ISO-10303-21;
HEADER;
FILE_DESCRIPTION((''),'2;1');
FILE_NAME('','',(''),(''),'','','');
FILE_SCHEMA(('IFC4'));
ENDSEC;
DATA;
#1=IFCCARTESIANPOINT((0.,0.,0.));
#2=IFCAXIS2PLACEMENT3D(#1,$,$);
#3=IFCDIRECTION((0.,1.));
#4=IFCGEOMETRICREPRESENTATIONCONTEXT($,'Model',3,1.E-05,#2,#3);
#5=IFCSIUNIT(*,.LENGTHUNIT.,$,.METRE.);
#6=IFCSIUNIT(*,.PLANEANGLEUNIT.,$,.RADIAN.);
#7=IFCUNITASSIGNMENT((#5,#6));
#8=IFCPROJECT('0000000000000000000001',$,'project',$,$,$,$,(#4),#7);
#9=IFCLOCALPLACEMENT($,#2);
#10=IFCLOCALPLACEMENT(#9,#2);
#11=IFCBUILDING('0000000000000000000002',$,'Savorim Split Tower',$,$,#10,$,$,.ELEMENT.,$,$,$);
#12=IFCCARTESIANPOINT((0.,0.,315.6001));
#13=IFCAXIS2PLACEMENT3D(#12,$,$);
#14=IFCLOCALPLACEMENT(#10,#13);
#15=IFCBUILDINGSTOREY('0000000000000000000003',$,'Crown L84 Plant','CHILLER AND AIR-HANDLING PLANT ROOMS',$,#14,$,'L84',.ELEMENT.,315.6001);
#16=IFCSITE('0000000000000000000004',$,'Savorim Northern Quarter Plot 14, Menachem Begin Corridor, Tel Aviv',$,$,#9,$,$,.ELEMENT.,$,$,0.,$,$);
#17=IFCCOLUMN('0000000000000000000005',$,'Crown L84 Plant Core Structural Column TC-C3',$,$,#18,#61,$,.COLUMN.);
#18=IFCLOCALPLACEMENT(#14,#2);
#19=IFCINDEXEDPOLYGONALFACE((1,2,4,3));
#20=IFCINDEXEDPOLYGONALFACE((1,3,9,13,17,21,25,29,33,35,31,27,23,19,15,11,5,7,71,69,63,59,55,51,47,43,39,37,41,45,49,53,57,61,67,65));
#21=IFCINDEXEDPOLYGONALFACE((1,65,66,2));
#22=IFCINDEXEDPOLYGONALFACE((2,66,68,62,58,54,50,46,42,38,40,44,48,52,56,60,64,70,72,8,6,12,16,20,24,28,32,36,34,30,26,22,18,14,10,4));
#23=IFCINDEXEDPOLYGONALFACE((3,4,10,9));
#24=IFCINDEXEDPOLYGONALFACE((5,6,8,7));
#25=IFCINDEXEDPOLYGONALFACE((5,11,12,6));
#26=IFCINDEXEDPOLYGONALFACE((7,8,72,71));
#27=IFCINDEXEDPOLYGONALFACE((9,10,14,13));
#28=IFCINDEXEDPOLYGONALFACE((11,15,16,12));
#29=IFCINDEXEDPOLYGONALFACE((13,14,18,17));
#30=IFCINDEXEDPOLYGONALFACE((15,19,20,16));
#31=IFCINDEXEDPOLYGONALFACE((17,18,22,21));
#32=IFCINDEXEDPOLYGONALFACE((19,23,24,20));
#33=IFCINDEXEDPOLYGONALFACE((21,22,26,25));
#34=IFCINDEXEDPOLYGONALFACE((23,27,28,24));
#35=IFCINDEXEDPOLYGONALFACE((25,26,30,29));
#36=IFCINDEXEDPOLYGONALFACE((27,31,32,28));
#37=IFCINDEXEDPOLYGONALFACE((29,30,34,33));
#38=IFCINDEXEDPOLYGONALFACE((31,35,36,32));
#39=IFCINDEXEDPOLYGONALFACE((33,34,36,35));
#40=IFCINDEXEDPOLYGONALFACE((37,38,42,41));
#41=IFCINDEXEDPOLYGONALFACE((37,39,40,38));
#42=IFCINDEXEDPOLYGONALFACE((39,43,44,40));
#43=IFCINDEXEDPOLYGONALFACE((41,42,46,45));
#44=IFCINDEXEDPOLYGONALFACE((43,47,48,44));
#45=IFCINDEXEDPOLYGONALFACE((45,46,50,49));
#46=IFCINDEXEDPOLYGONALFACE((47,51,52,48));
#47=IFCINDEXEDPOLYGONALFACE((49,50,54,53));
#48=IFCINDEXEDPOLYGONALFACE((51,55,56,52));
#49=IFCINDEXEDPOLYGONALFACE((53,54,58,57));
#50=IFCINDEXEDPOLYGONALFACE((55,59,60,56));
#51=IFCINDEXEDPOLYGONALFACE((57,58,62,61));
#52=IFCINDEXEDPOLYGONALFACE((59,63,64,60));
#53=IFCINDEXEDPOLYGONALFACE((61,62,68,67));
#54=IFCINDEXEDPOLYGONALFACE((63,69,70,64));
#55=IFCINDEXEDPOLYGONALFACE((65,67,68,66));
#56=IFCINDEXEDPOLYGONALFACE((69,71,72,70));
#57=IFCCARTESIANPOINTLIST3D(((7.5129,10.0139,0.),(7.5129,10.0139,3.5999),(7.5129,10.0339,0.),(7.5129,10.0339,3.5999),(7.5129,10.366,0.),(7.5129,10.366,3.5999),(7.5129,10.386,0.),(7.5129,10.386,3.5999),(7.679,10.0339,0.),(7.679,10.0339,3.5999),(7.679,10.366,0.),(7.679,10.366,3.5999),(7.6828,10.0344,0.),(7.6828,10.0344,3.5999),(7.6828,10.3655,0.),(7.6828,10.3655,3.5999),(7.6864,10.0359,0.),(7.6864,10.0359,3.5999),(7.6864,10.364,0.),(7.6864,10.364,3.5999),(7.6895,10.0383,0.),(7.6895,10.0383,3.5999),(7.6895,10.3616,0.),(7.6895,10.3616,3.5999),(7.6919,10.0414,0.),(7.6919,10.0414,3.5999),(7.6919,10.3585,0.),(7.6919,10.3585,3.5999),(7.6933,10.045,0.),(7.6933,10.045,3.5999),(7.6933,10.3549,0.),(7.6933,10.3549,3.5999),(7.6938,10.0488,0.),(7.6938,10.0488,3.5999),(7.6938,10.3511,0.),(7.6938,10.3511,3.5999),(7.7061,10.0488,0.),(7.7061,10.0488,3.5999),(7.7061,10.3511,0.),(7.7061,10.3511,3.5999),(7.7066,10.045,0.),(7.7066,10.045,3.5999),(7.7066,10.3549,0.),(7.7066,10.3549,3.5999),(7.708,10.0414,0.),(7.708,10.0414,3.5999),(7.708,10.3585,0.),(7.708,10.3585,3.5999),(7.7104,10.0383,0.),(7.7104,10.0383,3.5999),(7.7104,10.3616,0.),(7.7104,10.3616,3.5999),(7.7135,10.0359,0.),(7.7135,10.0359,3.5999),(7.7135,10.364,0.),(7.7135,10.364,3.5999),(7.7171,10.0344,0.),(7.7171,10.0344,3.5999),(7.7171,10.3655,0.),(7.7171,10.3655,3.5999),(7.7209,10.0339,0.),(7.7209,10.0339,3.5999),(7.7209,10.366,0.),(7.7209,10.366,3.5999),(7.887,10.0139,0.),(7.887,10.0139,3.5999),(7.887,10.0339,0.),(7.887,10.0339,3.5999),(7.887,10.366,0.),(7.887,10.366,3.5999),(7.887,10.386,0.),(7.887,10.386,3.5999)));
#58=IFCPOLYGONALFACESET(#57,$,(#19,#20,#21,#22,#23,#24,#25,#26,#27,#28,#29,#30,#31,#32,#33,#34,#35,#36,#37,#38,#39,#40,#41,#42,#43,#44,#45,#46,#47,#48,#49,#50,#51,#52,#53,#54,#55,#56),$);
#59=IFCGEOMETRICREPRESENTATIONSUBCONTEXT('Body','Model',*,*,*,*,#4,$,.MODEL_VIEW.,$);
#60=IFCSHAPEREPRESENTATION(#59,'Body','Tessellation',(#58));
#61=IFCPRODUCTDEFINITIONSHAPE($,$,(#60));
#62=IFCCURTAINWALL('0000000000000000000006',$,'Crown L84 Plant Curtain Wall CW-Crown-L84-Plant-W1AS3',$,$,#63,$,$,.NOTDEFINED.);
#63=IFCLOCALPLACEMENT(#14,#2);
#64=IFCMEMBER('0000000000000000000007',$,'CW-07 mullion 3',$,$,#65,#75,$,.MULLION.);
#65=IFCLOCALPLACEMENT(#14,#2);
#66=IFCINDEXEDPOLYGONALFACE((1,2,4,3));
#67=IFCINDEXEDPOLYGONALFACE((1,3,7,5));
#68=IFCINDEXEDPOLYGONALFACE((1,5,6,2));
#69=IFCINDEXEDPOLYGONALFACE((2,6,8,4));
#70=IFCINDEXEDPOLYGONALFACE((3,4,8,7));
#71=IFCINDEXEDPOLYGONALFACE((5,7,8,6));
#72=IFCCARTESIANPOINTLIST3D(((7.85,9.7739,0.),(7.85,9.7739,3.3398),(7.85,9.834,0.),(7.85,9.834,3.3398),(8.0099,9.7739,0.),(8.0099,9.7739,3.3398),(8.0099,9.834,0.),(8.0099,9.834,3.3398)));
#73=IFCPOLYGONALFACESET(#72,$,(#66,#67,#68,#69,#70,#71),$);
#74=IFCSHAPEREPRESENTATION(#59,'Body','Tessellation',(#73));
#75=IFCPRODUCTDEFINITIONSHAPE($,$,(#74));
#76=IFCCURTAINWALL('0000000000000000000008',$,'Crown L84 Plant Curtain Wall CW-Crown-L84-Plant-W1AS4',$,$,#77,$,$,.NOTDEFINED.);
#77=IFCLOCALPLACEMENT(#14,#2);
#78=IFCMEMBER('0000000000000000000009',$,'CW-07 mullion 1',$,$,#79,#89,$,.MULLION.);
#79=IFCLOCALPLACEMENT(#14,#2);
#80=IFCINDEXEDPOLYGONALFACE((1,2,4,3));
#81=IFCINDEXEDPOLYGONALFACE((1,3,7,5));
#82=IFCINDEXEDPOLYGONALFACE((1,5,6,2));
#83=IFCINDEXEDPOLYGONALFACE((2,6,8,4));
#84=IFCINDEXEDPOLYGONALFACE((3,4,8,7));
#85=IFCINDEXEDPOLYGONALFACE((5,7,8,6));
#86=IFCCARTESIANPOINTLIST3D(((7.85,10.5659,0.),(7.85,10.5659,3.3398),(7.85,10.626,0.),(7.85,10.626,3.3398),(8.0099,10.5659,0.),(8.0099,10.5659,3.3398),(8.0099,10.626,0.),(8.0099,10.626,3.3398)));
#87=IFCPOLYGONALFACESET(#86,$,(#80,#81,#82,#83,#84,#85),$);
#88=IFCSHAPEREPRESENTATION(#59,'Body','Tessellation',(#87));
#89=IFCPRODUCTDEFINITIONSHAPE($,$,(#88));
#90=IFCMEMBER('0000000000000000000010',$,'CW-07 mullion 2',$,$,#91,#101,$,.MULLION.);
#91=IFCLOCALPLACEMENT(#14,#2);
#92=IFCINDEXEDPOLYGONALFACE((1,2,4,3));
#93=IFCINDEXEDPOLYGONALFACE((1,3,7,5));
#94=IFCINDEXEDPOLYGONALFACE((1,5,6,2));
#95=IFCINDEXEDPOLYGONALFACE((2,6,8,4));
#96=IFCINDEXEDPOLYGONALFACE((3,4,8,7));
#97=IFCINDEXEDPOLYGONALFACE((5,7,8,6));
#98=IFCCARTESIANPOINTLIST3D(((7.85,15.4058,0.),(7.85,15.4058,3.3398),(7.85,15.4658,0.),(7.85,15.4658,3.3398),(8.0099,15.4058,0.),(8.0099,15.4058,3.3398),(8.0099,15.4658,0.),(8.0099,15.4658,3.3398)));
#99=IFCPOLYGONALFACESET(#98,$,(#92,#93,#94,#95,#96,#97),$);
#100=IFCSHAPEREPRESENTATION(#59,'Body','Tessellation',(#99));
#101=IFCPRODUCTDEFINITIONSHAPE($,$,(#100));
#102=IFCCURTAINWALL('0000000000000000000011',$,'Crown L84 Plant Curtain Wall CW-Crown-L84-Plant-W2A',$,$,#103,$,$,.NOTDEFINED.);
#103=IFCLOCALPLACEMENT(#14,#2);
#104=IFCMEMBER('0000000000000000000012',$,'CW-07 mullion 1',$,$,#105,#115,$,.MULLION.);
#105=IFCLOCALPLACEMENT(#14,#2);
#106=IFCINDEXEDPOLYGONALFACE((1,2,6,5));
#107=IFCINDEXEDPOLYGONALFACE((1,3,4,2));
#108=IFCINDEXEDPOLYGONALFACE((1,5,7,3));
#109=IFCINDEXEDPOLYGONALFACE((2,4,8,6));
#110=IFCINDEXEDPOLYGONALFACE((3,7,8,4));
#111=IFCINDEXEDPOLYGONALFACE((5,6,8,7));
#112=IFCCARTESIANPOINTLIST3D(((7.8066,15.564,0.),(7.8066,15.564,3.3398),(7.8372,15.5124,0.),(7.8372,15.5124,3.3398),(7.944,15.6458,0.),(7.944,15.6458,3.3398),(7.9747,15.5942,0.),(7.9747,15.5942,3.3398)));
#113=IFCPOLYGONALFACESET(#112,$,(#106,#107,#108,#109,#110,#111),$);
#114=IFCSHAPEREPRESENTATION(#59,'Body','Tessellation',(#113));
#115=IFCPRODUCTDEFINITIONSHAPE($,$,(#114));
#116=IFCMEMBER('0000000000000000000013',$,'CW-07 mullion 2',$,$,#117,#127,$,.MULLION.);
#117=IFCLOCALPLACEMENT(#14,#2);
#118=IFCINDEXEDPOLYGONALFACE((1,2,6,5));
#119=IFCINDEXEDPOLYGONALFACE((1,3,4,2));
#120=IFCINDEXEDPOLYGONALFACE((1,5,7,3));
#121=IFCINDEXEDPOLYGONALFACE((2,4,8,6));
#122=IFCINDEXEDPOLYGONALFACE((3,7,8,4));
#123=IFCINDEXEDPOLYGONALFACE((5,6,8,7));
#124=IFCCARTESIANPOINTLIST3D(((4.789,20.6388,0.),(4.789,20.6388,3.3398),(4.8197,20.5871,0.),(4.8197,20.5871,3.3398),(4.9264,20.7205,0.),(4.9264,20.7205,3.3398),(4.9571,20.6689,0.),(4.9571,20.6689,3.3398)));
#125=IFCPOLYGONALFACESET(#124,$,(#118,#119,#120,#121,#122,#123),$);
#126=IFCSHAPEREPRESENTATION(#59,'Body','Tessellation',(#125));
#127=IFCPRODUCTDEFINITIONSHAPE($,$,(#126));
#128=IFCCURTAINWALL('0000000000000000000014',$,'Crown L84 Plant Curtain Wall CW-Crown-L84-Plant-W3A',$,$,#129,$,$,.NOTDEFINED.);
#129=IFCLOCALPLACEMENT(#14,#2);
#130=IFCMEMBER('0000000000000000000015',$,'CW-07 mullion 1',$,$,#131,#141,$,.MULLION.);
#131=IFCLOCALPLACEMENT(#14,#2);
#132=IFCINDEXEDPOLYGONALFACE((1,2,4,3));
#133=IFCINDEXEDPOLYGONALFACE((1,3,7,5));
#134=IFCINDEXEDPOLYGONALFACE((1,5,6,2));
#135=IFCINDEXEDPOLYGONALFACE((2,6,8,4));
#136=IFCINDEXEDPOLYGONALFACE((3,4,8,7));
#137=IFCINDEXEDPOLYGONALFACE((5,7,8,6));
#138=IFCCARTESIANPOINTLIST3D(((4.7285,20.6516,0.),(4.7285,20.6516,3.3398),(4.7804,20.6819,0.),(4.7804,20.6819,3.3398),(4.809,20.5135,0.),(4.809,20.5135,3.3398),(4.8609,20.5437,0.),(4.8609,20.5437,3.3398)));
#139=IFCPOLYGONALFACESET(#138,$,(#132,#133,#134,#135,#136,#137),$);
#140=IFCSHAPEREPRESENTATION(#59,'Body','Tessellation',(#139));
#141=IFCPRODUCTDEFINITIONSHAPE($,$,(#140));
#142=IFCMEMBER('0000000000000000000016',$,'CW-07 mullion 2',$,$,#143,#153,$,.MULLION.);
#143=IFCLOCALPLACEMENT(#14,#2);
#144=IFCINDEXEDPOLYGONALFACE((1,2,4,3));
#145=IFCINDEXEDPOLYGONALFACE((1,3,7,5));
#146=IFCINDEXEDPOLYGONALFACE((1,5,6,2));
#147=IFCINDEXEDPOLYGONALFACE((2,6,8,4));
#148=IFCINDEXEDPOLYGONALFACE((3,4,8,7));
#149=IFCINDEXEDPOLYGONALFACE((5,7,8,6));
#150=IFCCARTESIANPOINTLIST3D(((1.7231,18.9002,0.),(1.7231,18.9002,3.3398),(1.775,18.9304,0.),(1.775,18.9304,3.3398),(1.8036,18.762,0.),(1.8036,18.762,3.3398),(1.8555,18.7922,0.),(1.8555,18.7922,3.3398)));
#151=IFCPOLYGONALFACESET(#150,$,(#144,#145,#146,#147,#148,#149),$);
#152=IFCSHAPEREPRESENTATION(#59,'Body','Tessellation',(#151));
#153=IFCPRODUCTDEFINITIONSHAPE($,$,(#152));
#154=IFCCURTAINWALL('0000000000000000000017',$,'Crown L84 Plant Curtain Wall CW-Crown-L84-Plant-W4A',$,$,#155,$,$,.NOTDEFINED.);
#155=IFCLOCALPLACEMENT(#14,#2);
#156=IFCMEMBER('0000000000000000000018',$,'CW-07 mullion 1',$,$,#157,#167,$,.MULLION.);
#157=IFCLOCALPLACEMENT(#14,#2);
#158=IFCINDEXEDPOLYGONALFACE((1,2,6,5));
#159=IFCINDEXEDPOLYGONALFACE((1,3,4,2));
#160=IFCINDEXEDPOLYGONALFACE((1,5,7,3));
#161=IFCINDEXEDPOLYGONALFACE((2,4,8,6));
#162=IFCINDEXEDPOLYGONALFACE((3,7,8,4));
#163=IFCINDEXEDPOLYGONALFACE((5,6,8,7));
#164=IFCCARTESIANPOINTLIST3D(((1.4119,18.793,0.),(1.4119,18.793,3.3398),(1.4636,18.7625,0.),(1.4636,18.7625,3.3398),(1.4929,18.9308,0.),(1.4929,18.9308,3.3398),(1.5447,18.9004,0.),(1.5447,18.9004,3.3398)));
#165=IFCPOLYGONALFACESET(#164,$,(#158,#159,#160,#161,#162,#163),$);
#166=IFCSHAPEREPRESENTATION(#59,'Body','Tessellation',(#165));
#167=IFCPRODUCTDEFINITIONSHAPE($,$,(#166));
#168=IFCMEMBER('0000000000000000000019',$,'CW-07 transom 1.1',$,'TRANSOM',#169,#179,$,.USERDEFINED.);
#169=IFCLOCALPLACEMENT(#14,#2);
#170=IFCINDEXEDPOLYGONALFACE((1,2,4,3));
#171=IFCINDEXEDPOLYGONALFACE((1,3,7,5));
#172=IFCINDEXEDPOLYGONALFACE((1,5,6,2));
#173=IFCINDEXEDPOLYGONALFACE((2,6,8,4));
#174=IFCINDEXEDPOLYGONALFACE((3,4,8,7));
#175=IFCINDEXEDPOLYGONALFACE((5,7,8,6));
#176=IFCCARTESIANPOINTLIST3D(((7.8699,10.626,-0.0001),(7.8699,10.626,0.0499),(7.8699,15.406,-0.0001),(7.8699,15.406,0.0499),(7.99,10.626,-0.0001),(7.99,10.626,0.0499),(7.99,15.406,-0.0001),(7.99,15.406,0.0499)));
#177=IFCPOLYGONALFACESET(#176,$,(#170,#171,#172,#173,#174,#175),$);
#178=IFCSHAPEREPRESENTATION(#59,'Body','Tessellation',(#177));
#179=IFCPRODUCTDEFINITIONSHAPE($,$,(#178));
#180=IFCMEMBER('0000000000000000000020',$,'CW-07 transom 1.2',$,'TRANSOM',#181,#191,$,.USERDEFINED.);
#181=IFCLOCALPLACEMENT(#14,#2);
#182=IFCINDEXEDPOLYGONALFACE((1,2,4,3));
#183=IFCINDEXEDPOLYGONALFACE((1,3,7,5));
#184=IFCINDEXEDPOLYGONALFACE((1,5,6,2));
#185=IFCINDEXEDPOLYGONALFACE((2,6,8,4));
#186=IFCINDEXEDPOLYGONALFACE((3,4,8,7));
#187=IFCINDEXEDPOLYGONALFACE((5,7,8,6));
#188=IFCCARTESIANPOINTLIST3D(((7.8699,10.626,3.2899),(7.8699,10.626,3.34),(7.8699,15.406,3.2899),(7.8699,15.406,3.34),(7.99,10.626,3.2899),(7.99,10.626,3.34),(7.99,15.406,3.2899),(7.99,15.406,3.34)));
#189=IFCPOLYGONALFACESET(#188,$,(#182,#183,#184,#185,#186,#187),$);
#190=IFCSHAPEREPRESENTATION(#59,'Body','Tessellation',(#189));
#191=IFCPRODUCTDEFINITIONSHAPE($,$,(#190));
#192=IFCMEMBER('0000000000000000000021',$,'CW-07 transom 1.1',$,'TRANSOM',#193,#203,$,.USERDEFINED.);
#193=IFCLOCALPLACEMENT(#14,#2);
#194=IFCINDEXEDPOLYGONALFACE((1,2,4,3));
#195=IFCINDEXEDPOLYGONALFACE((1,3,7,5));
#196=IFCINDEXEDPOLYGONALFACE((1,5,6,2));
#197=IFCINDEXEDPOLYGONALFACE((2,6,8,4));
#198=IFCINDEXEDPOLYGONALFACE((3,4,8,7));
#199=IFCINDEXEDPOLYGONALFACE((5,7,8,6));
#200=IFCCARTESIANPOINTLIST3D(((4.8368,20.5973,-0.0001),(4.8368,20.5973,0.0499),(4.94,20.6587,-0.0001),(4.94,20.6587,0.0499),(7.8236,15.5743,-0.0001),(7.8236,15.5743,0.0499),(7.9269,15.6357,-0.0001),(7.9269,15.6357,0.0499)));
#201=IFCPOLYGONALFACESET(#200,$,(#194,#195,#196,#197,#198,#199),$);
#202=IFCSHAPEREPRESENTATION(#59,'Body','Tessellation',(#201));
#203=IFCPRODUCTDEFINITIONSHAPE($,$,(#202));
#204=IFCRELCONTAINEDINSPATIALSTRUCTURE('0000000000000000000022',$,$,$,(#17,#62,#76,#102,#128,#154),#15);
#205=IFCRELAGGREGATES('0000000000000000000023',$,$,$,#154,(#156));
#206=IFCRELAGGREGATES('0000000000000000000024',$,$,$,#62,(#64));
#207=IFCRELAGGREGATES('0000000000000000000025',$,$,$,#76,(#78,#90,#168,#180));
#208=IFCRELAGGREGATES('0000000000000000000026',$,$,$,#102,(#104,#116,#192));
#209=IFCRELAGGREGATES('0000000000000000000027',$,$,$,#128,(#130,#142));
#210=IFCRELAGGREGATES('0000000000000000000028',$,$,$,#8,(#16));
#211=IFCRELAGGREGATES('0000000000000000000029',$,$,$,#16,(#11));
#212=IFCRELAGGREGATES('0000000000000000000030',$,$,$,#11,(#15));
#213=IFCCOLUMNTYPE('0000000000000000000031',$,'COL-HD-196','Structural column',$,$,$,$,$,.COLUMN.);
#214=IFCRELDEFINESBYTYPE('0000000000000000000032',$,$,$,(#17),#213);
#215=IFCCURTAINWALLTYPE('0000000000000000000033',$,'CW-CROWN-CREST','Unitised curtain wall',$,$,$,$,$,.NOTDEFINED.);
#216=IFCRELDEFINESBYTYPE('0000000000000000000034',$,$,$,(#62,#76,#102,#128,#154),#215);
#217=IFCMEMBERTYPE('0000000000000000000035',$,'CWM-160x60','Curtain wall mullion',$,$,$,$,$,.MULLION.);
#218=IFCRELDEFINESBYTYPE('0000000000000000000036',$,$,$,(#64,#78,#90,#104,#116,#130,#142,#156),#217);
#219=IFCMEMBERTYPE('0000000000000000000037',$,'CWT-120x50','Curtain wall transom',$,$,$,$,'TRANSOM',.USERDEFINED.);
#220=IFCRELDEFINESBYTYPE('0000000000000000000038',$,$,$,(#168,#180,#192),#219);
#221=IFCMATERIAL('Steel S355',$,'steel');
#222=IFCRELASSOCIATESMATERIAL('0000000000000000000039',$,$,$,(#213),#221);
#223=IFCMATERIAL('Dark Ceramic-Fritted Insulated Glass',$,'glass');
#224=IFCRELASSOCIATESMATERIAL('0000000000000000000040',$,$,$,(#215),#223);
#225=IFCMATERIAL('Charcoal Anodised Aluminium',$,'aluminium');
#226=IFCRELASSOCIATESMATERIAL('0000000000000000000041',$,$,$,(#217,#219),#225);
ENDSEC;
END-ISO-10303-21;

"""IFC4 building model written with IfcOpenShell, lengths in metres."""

from ifc_helpers import new_model, si_unit, direction, frame, origin, origin_2d, place, context, subcontext, project, spatial, rectangle, i_section, extrude, material, material_profile, profile_set, type_object, element, aggregate, save


model = new_model("IFC4")

# Units and contexts
model_context = context("Model", 3, precision=1e-05, world=origin(), true_north=direction((0.0, 1.0)))
body_context = subcontext(model_context, "Body", "Model", "MODEL_VIEW")
ifc_project = project(units=[si_unit("LENGTHUNIT", "METRE"), si_unit("PLANEANGLEUNIT", "RADIAN")], contexts=[model_context])

# Site, building, storey
site_placement = place(None, origin())
site = spatial("IfcSite", under=ifc_project, at=site_placement, Name="Savorim Northern Quarter Plot 14, Menachem Begin Corridor, Tel Aviv", CompositionType="ELEMENT", RefElevation=0.0)
building_placement = place(site_placement, origin())
building = spatial("IfcBuilding", under=site, at=building_placement, Name="Savorim Split Tower", CompositionType="ELEMENT")
storey_placement = place(building_placement, frame((0.0, 0.0, 315.6001)))
storey = spatial("IfcBuildingStorey", under=building, at=storey_placement, Name="Crown L84 Plant", Description="CHILLER AND AIR-HANDLING PLANT ROOMS", LongName="L84", CompositionType="ELEMENT", Elevation=315.6001)

# Column
ifc_material_1 = material(Name="Steel S355", Category="steel")
ifc_material_profile_1 = material_profile(ifc_material_1, i_section(OverallWidth=0.374, OverallDepth=0.3721, WebThickness=0.0122, FlangeThickness=0.02, FilletRadius=0.0149, at=origin_2d()), Name="HD 360x196")
ifc_profile_set_1 = profile_set([ifc_material_profile_1], Name="Steel S355")
column_type = type_object("IfcColumnType", Name="COL-HD-196", Description="Structural column", PredefinedType="COLUMN", material=ifc_profile_set_1)
column_placement = place(storey_placement, frame((7.7, 10.2, 0.0), z_axis=(0.0, 0.0, 1.0), x_axis=(1.0, 0.0, 0.0)))
element("IfcColumn", 1, at=column_placement, inside=storey, type_object=column_type, Name="Crown L84 Plant Core Structural Column TC-C3", PredefinedType="COLUMN", context=body_context, shape_type="SweptSolid", body=[
    extrude(i_section(OverallWidth=0.374, OverallDepth=0.3721, WebThickness=0.0122, FlangeThickness=0.02, FilletRadius=0.0149, at=origin_2d()), origin(), (0.0, 0.0, 1.0), 3.5999),
])

# Curtain wall, member
ifc_material_2 = material(Name="Dark Ceramic-Fritted Insulated Glass", Category="glass")
curtain_wall_type = type_object("IfcCurtainWallType", Name="CW-CROWN-CREST", Description="Unitised curtain wall", PredefinedType="NOTDEFINED", material=ifc_material_2)
curtain_wall_1_placement = place(storey_placement, origin())
curtain_wall_1 = element("IfcCurtainWall", 2, at=curtain_wall_1_placement, inside=storey, type_object=curtain_wall_type, Name="Crown L84 Plant Curtain Wall CW-Crown-L84-Plant-W1AS3", PredefinedType="NOTDEFINED")
ifc_material_3 = material(Name="Charcoal Anodised Aluminium", Category="aluminium")
ifc_material_profile_2 = material_profile(ifc_material_3, rectangle(XDim=0.1599, YDim=0.0601, at=origin_2d()), Name="ALU-M 160x60")
ifc_profile_set_2 = profile_set([ifc_material_profile_2], Name="Charcoal Anodised Aluminium")
member_type_1 = type_object("IfcMemberType", Name="CWM-160x60", Description="Curtain wall mullion", PredefinedType="MULLION", material=ifc_profile_set_2)
member_1_placement = place(storey_placement, frame((7.9299, 9.804, 0.0), z_axis=(0.0, 0.0, 1.0), x_axis=(-1.0, 0.0, 0.0)))
member_1 = element("IfcMember", 3, at=member_1_placement, type_object=member_type_1, Name="CW-07 mullion 3", PredefinedType="MULLION", context=body_context, shape_type="SweptSolid", body=[
    extrude(rectangle(XDim=0.1599, YDim=0.0601, at=origin_2d()), origin(), (0.0, 0.0, 1.0), 3.3398),
])

# Curtain walls, members
curtain_wall_2_placement = place(storey_placement, origin())
curtain_wall_2 = element("IfcCurtainWall", 4, at=curtain_wall_2_placement, inside=storey, type_object=curtain_wall_type, Name="Crown L84 Plant Curtain Wall CW-Crown-L84-Plant-W1AS4", PredefinedType="NOTDEFINED")
member_2_placement = place(storey_placement, frame((7.9299, 10.5959, 0.0), z_axis=(0.0, 0.0, 1.0), x_axis=(-1.0, 0.0, 0.0)))
member_2 = element("IfcMember", 5, at=member_2_placement, type_object=member_type_1, Name="CW-07 mullion 1", PredefinedType="MULLION", context=body_context, shape_type="SweptSolid", body=[
    extrude(rectangle(XDim=0.1599, YDim=0.0601, at=origin_2d()), origin(), (0.0, 0.0, 1.0), 3.3398),
])
member_3_placement = place(storey_placement, frame((7.9299, 15.4358, 0.0), z_axis=(0.0, 0.0, 1.0), x_axis=(-1.0, 0.0, 0.0)))
member_3 = element("IfcMember", 6, at=member_3_placement, type_object=member_type_1, Name="CW-07 mullion 2", PredefinedType="MULLION", context=body_context, shape_type="SweptSolid", body=[
    extrude(rectangle(XDim=0.1599, YDim=0.0601, at=origin_2d()), origin(), (0.0, 0.0, 1.0), 3.3398),
])
curtain_wall_3_placement = place(storey_placement, origin())
curtain_wall_3 = element("IfcCurtainWall", 7, at=curtain_wall_3_placement, inside=storey, type_object=curtain_wall_type, Name="Crown L84 Plant Curtain Wall CW-Crown-L84-Plant-W2A", PredefinedType="NOTDEFINED")
member_4_placement = place(storey_placement, frame((7.8906, 15.5791, 0.0), z_axis=(0.0, 0.0, 1.0), x_axis=(-0.859522, -0.511099, 0.0)))
member_4 = element("IfcMember", 8, at=member_4_placement, type_object=member_type_1, Name="CW-07 mullion 1", PredefinedType="MULLION", context=body_context, shape_type="SweptSolid", body=[
    extrude(rectangle(XDim=0.1599, YDim=0.0601, at=origin_2d()), origin(), (0.0, 0.0, 1.0), 3.3398),
])
member_5_placement = place(storey_placement, frame((4.873, 20.6538, 0.0), z_axis=(0.0, 0.0, 1.0), x_axis=(-0.859522, -0.511099, 0.0)))
member_5 = element("IfcMember", 9, at=member_5_placement, type_object=member_type_1, Name="CW-07 mullion 2", PredefinedType="MULLION", context=body_context, shape_type="SweptSolid", body=[
    extrude(rectangle(XDim=0.1599, YDim=0.0601, at=origin_2d()), origin(), (0.0, 0.0, 1.0), 3.3398),
])
curtain_wall_4_placement = place(storey_placement, origin())
curtain_wall_4 = element("IfcCurtainWall", 10, at=curtain_wall_4_placement, inside=storey, type_object=curtain_wall_type, Name="Crown L84 Plant Curtain Wall CW-Crown-L84-Plant-W3A", PredefinedType="NOTDEFINED")
member_6_placement = place(storey_placement, frame((4.7947, 20.5977, 0.0), z_axis=(0.0, 0.0, 1.0), x_axis=(0.50352, -0.863984, 0.0)))
member_6 = element("IfcMember", 11, at=member_6_placement, type_object=member_type_1, Name="CW-07 mullion 1", PredefinedType="MULLION", context=body_context, shape_type="SweptSolid", body=[
    extrude(rectangle(XDim=0.1599, YDim=0.0601, at=origin_2d()), origin(), (0.0, 0.0, 1.0), 3.3398),
])
member_7_placement = place(storey_placement, frame((1.7893, 18.8462, 0.0), z_axis=(0.0, 0.0, 1.0), x_axis=(0.50352, -0.863984, 0.0)))
member_7 = element("IfcMember", 12, at=member_7_placement, type_object=member_type_1, Name="CW-07 mullion 2", PredefinedType="MULLION", context=body_context, shape_type="SweptSolid", body=[
    extrude(rectangle(XDim=0.1599, YDim=0.0601, at=origin_2d()), origin(), (0.0, 0.0, 1.0), 3.3398),
])

# Curtain wall, member
curtain_wall_5_placement = place(storey_placement, origin())
curtain_wall_5 = element("IfcCurtainWall", 13, at=curtain_wall_5_placement, inside=storey, type_object=curtain_wall_type, Name="Crown L84 Plant Curtain Wall CW-Crown-L84-Plant-W4A", PredefinedType="NOTDEFINED")
member_8_placement = place(storey_placement, frame((1.4783, 18.8467, 0.0), z_axis=(0.0, 0.0, 1.0), x_axis=(-0.506704, -0.86212, 0.0)))
member_8 = element("IfcMember", 14, at=member_8_placement, type_object=member_type_1, Name="CW-07 mullion 1", PredefinedType="MULLION", context=body_context, shape_type="SweptSolid", body=[
    extrude(rectangle(XDim=0.1599, YDim=0.0601, at=origin_2d()), origin(), (0.0, 0.0, 1.0), 3.3398),
])

# Members
ifc_material_profile_3 = material_profile(ifc_material_3, rectangle(XDim=0.1201, YDim=0.05, at=origin_2d()), Name="ALU-T 120x50")
ifc_profile_set_3 = profile_set([ifc_material_profile_3], Name="Charcoal Anodised Aluminium")
member_type_2 = type_object("IfcMemberType", Name="CWT-120x50", Description="Curtain wall transom", ElementType="TRANSOM", PredefinedType="USERDEFINED", material=ifc_profile_set_3)
member_9_placement = place(storey_placement, frame((7.9299, 10.626, 0.0249), z_axis=(0.0, 1.0, 0.0), x_axis=(-1.0, 0.0, 0.0)))
member_9 = element("IfcMember", 15, at=member_9_placement, type_object=member_type_2, Name="CW-07 transom 1.1", ObjectType="TRANSOM", PredefinedType="USERDEFINED", context=body_context, shape_type="SweptSolid", body=[
    extrude(rectangle(XDim=0.1201, YDim=0.05, at=origin_2d()), origin(), (0.0, 0.0, 1.0), 4.78),
])
member_10_placement = place(storey_placement, frame((7.9299, 10.626, 3.3149), z_axis=(0.0, 1.0, 0.0), x_axis=(-1.0, 0.0, 0.0)))
member_10 = element("IfcMember", 16, at=member_10_placement, type_object=member_type_2, Name="CW-07 transom 1.2", ObjectType="TRANSOM", PredefinedType="USERDEFINED", context=body_context, shape_type="SweptSolid", body=[
    extrude(rectangle(XDim=0.1201, YDim=0.05, at=origin_2d()), origin(), (0.0, 0.0, 1.0), 4.78),
])
member_11_placement = place(storey_placement, frame((7.8752, 15.605, 0.0249), z_axis=(-0.5111, 0.859521, 0.0), x_axis=(-0.859521, -0.5111, 0.0)))
member_11 = element("IfcMember", 17, at=member_11_placement, type_object=member_type_2, Name="CW-07 transom 1.1", ObjectType="TRANSOM", PredefinedType="USERDEFINED", context=body_context, shape_type="SweptSolid", body=[
    extrude(rectangle(XDim=0.1201, YDim=0.05, at=origin_2d()), origin(), (0.0, 0.0, 1.0), 5.844),
])
aggregate(curtain_wall_5, [member_8])

aggregate(curtain_wall_1, [member_1])
aggregate(curtain_wall_2, [member_2, member_3, member_9, member_10])
aggregate(curtain_wall_3, [member_4, member_5, member_11])
aggregate(curtain_wall_4, [member_6, member_7])

save(model, "model.ifc")
